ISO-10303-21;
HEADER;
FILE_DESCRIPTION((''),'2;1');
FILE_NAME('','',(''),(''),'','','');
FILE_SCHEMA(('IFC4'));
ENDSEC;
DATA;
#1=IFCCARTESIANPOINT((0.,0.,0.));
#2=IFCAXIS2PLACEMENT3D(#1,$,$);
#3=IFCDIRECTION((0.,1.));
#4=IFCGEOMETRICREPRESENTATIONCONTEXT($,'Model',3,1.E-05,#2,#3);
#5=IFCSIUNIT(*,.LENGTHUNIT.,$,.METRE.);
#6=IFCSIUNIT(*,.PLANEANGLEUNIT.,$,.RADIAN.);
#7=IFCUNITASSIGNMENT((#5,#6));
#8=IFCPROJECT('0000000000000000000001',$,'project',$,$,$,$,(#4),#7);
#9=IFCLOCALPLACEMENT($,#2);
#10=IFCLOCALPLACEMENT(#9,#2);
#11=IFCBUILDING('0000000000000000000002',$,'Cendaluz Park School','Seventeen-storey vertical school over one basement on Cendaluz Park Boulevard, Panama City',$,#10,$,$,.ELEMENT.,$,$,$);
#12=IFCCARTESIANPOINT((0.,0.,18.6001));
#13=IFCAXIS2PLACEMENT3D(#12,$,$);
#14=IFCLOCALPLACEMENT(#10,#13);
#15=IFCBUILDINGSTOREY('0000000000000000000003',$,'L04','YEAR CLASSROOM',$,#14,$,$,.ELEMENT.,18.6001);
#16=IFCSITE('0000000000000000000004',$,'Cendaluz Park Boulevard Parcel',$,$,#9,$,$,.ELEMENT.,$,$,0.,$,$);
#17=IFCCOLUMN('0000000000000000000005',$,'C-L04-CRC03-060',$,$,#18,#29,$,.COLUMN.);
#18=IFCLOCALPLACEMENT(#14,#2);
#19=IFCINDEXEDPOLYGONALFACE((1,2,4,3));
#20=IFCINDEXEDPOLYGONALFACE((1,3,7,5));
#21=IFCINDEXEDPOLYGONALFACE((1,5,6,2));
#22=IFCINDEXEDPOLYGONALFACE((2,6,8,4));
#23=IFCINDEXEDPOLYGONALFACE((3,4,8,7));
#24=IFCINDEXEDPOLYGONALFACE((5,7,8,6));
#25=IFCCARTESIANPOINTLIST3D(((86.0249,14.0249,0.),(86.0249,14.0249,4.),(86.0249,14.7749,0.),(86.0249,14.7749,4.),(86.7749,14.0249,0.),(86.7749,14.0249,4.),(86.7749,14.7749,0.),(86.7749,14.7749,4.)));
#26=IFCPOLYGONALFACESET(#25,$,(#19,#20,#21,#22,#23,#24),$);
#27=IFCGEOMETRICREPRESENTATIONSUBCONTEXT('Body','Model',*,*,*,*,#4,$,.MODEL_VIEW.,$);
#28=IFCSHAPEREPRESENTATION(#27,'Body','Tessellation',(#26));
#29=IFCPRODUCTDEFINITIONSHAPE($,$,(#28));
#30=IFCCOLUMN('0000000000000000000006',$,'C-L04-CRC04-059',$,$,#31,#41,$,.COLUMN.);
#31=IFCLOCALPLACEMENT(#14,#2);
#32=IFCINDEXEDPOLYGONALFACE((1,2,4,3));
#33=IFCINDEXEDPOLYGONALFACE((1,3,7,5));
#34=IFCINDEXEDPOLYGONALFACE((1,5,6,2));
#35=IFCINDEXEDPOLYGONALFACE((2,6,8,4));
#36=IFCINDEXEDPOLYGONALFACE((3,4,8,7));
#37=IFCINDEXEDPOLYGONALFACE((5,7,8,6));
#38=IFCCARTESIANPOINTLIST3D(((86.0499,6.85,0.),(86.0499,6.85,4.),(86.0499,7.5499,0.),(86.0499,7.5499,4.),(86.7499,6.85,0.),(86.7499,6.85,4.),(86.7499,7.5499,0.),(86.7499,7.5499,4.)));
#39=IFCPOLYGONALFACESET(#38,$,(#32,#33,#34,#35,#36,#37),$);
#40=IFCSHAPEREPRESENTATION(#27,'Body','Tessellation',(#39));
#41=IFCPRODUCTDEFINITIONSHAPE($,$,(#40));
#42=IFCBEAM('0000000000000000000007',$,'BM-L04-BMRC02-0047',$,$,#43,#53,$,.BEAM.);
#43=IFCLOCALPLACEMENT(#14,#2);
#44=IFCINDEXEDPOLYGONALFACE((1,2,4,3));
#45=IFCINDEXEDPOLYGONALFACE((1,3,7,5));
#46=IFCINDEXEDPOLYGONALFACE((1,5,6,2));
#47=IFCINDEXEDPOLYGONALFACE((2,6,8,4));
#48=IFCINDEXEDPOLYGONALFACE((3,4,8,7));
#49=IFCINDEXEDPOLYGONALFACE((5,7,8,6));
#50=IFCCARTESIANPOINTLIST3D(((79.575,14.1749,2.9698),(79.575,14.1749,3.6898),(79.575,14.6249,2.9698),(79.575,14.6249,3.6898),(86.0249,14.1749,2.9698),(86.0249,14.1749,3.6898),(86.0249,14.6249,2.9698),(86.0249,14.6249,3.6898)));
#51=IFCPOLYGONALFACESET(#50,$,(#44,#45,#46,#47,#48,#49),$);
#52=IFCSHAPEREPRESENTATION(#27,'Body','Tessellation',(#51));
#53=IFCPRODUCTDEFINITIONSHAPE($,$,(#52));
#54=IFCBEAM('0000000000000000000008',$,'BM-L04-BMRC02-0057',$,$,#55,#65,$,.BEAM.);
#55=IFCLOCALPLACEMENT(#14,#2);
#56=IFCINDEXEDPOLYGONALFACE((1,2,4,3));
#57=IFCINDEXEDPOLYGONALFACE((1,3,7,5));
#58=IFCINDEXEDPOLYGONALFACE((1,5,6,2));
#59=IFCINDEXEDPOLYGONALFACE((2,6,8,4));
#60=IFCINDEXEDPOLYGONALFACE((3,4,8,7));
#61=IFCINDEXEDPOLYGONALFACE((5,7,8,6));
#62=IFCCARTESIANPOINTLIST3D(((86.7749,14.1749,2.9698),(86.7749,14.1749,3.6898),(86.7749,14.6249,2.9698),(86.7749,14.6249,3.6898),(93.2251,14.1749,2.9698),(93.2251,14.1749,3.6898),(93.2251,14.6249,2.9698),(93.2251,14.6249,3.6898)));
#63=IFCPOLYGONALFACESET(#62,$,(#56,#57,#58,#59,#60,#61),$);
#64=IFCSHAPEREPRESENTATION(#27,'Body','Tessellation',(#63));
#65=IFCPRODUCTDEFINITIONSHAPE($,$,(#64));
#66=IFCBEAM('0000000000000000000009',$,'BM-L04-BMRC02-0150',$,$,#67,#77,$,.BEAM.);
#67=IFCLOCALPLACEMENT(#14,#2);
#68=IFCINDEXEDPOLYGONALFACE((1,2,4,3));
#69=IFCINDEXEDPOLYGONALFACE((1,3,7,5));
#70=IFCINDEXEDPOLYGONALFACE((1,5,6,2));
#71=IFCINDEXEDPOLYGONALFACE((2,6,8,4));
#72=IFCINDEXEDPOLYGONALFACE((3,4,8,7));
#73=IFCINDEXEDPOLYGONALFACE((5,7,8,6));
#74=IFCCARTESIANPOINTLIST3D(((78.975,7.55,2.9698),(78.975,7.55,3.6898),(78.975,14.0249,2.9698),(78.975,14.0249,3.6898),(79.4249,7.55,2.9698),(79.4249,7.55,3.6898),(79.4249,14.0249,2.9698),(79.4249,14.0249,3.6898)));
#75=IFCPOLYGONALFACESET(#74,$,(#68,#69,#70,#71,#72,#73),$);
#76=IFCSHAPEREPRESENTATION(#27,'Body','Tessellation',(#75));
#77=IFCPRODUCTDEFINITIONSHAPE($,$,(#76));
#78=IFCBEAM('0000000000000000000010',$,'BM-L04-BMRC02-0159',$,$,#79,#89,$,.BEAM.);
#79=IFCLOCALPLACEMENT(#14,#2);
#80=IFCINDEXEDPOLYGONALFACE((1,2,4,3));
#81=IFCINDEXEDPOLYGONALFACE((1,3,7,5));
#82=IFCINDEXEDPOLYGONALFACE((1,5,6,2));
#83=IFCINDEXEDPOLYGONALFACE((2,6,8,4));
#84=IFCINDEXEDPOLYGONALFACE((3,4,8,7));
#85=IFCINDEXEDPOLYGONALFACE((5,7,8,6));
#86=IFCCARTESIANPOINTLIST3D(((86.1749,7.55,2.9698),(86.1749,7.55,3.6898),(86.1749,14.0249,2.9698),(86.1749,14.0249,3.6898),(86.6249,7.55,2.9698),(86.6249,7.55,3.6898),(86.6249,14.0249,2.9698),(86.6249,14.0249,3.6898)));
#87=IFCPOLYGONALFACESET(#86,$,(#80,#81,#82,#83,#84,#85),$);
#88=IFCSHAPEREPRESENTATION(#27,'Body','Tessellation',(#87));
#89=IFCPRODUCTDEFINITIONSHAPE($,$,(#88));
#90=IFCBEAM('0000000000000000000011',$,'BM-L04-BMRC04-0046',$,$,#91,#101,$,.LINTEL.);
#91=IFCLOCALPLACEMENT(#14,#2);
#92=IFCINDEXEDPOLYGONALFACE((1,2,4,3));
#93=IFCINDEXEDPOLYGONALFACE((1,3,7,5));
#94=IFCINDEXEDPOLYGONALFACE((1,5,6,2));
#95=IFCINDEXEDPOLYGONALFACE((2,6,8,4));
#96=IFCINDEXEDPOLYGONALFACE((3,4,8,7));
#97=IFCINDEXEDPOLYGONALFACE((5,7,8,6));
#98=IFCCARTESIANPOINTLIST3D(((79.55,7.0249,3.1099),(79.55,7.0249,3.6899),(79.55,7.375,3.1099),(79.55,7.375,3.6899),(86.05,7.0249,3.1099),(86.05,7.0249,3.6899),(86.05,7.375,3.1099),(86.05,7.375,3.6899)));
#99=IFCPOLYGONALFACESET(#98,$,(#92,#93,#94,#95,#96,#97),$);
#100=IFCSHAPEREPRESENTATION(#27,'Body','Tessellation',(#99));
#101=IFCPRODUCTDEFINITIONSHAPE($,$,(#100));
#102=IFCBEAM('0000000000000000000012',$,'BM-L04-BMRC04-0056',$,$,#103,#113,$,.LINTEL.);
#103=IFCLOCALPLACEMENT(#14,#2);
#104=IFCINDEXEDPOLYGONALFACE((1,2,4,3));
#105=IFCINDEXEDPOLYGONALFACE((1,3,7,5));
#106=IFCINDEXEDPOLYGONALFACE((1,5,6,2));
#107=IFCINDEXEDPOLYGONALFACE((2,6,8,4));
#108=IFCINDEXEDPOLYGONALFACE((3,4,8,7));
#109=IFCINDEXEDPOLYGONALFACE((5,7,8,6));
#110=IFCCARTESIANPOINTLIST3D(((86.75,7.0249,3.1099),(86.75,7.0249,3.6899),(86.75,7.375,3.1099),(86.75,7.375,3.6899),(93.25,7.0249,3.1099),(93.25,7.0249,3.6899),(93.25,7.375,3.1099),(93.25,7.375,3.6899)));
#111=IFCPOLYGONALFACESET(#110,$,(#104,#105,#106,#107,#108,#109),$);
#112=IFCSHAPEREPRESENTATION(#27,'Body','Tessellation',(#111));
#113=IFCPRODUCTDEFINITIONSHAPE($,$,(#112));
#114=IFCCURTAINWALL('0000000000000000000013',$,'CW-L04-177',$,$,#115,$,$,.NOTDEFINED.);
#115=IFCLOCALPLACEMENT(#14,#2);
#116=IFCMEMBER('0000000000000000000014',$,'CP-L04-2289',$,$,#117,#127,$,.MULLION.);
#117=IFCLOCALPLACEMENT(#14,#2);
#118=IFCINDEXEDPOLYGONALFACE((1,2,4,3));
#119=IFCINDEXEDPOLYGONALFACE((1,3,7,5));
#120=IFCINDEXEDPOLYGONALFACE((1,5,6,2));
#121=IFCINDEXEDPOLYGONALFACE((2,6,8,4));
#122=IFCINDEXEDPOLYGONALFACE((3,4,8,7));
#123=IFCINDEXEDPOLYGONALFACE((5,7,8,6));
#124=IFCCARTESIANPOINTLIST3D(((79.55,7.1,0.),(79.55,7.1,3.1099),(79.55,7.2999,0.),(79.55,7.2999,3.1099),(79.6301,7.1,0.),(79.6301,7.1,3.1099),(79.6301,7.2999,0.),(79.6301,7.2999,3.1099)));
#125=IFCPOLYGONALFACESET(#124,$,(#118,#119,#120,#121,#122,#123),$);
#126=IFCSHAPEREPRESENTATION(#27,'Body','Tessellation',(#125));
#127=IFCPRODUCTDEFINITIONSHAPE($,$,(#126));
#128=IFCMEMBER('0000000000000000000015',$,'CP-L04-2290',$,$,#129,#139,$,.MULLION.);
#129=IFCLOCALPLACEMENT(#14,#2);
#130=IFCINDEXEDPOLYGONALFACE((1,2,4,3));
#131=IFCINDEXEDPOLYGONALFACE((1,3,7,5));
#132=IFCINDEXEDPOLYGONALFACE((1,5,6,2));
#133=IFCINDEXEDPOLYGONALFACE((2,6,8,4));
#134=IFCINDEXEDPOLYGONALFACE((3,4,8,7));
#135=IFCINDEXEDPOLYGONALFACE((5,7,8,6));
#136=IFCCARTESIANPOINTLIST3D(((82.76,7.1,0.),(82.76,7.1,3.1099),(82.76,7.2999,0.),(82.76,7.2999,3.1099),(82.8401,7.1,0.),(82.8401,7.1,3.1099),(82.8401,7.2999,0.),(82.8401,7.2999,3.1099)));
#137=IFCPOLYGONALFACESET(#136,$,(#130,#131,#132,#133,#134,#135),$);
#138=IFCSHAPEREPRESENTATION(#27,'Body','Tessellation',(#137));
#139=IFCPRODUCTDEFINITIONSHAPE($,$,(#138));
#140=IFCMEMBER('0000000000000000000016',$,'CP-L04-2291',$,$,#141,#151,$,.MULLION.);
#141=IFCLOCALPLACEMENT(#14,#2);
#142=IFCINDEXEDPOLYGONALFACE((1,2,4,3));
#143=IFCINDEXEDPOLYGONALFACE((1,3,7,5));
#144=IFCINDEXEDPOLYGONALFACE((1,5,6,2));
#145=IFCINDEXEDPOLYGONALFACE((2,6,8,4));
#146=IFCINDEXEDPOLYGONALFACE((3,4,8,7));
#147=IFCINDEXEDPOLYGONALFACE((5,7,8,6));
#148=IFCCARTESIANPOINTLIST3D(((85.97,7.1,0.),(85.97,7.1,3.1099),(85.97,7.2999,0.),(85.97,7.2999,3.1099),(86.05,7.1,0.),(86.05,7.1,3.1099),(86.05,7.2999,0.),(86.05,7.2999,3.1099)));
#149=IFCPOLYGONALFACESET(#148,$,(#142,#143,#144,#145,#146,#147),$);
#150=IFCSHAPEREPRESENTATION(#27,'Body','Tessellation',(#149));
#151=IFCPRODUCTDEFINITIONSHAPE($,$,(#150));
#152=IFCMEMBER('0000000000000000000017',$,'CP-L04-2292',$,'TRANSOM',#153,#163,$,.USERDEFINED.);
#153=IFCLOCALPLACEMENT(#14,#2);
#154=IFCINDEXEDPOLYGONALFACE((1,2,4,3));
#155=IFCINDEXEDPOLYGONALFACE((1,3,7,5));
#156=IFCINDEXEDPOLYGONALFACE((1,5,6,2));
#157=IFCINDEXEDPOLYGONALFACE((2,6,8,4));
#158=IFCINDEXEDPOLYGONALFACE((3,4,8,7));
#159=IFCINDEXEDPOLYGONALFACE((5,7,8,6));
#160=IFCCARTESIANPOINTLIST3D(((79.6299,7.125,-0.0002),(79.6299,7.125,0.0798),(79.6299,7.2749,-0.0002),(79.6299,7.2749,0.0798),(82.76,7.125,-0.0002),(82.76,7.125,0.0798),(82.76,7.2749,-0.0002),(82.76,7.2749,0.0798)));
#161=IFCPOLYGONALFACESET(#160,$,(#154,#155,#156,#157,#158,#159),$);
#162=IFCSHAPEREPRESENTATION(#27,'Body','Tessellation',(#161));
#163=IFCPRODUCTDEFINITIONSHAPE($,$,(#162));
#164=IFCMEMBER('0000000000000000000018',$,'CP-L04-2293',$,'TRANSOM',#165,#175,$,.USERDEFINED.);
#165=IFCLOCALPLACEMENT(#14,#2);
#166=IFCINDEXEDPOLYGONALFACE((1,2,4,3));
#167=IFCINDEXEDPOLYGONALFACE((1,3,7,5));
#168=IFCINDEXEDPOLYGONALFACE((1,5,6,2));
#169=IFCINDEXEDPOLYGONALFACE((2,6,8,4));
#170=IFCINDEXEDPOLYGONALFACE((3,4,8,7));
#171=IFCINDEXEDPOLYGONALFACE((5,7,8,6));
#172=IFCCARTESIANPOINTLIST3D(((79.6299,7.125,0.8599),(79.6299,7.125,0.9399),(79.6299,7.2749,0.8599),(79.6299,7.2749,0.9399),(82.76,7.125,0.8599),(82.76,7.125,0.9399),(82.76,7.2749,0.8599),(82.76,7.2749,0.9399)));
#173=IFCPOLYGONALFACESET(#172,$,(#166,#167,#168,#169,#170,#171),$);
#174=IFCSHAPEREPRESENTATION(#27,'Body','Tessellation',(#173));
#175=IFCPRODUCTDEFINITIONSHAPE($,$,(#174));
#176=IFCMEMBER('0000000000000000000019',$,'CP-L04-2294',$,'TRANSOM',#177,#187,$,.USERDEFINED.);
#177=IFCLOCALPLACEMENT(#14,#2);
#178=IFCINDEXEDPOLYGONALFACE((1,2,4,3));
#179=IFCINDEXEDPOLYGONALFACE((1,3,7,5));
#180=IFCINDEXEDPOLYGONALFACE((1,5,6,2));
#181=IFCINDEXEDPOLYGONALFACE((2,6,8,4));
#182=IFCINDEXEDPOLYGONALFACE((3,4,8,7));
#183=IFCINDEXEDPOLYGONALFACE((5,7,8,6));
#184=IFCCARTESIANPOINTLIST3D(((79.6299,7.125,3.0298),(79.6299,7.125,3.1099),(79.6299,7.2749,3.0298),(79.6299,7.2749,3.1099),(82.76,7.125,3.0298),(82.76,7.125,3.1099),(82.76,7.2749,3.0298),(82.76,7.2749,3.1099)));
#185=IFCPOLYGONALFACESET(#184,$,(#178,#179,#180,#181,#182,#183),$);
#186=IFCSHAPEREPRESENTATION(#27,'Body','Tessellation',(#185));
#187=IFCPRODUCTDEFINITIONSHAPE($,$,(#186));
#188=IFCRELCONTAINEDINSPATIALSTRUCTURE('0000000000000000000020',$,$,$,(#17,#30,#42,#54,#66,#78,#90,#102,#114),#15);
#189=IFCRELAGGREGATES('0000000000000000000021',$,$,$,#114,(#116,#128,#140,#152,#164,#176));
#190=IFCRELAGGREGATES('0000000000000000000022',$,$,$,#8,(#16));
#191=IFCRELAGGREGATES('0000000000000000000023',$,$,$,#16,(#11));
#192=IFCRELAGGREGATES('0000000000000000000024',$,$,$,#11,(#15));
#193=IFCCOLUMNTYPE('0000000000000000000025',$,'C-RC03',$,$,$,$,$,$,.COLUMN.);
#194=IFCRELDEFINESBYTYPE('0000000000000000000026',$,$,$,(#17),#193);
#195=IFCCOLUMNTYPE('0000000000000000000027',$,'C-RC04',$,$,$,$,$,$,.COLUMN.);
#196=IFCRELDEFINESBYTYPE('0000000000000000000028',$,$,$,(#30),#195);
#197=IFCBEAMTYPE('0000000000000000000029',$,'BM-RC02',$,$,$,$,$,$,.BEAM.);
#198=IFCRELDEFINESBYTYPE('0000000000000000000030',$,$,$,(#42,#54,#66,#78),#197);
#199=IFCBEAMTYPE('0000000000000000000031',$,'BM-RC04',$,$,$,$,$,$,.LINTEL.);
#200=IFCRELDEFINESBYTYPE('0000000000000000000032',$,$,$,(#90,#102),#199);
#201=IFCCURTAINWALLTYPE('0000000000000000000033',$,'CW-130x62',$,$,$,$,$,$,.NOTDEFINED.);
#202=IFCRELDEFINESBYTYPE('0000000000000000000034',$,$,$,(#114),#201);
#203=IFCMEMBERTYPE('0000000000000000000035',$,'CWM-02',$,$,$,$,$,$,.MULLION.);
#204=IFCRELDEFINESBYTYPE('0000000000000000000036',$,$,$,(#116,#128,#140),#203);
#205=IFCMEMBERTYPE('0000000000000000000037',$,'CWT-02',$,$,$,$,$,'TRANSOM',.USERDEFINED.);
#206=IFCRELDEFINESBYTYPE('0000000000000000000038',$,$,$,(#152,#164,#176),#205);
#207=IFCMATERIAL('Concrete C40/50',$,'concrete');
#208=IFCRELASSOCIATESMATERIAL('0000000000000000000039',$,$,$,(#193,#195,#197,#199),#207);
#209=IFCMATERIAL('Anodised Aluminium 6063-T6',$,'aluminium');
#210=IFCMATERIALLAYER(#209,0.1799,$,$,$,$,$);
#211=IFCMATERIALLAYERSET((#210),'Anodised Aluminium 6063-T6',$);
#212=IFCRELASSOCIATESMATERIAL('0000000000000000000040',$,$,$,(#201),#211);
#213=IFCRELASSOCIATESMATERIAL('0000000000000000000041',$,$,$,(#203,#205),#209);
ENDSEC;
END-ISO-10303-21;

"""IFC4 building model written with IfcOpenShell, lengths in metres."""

from ifc_helpers import new_model, si_unit, direction, frame, origin, origin_2d, place, context, subcontext, project, spatial, rectangle, extrude, material, layer, layer_set, material_profile, profile_set, type_object, element, aggregate, save


model = new_model("IFC4")

# Units and contexts
model_context = context("Model", 3, precision=1e-05, world=origin(), true_north=direction((0.0, 1.0)))
body_context = subcontext(model_context, "Body", "Model", "MODEL_VIEW")
ifc_project = project(units=[si_unit("LENGTHUNIT", "METRE"), si_unit("PLANEANGLEUNIT", "RADIAN")], contexts=[model_context])

# Site, building, storey
site_placement = place(None, origin())
site = spatial("IfcSite", under=ifc_project, at=site_placement, Name="Cendaluz Park Boulevard Parcel", CompositionType="ELEMENT", RefElevation=0.0)
building_placement = place(site_placement, origin())
building = spatial("IfcBuilding", under=site, at=building_placement, Name="Cendaluz Park School", Description="Seventeen-storey vertical school over one basement on Cendaluz Park Boulevard, Panama City", CompositionType="ELEMENT")
storey_placement = place(building_placement, frame((0.0, 0.0, 18.6001)))
storey = spatial("IfcBuildingStorey", under=building, at=storey_placement, Name="L04", Description="YEAR CLASSROOM", CompositionType="ELEMENT", Elevation=18.6001)

# Columns
ifc_material_1 = material(Name="Concrete C40/50", Category="concrete")
ifc_material_profile_1 = material_profile(ifc_material_1, rectangle(XDim=0.75, YDim=0.75, at=origin_2d()), Name="RC 750x750", Category="concrete")
ifc_profile_set_1 = profile_set([ifc_material_profile_1], Name="Concrete C40/50")
column_type_1 = type_object("IfcColumnType", Name="C-RC03", PredefinedType="COLUMN", material=ifc_profile_set_1)
column_1_placement = place(storey_placement, frame((86.3999, 14.3999, 0.0), z_axis=(0.0, 0.0, 1.0), x_axis=(1.0, 0.0, 0.0)))
element("IfcColumn", 1, at=column_1_placement, inside=storey, type_object=column_type_1, Name="C-L04-CRC03-060", PredefinedType="COLUMN", context=body_context, shape_type="SweptSolid", body=[
    extrude(rectangle(XDim=0.75, YDim=0.75, at=origin_2d()), origin(), (0.0, 0.0, 1.0), 4.0),
])
ifc_material_profile_2 = material_profile(ifc_material_1, rectangle(XDim=0.7, YDim=0.7, at=origin_2d()), Name="RC 700x700", Category="concrete")
ifc_profile_set_2 = profile_set([ifc_material_profile_2], Name="Concrete C40/50")
column_type_2 = type_object("IfcColumnType", Name="C-RC04", PredefinedType="COLUMN", material=ifc_profile_set_2)
column_2_placement = place(storey_placement, frame((86.3999, 7.2, 0.0), z_axis=(0.0, 0.0, 1.0), x_axis=(1.0, 0.0, 0.0)))
element("IfcColumn", 2, at=column_2_placement, inside=storey, type_object=column_type_2, Name="C-L04-CRC04-059", PredefinedType="COLUMN", context=body_context, shape_type="SweptSolid", body=[
    extrude(rectangle(XDim=0.7, YDim=0.7, at=origin_2d()), origin(), (0.0, 0.0, 1.0), 4.0),
])

# Beams
ifc_material_profile_3 = material_profile(ifc_material_1, rectangle(XDim=0.45, YDim=0.72, at=origin_2d()), Name="RC 450x720", Category="concrete")
ifc_profile_set_3 = profile_set([ifc_material_profile_3], Name="Concrete C40/50")
beam_type_1 = type_object("IfcBeamType", Name="BM-RC02", PredefinedType="BEAM", material=ifc_profile_set_3)
beam_1_placement = place(storey_placement, frame((79.575, 14.3999, 3.3298), z_axis=(1.0, 0.0, 0.0), x_axis=(0.0, 1.0, 0.0)))
element("IfcBeam", 3, at=beam_1_placement, inside=storey, type_object=beam_type_1, Name="BM-L04-BMRC02-0047", PredefinedType="BEAM", context=body_context, shape_type="SweptSolid", body=[
    extrude(rectangle(XDim=0.45, YDim=0.72, at=origin_2d()), origin(), (0.0, 0.0, 1.0), 6.45),
])
beam_2_placement = place(storey_placement, frame((86.7749, 14.3999, 3.3298), z_axis=(1.0, 0.0, 0.0), x_axis=(0.0, 1.0, 0.0)))
element("IfcBeam", 4, at=beam_2_placement, inside=storey, type_object=beam_type_1, Name="BM-L04-BMRC02-0057", PredefinedType="BEAM", context=body_context, shape_type="SweptSolid", body=[
    extrude(rectangle(XDim=0.45, YDim=0.72, at=origin_2d()), origin(), (0.0, 0.0, 1.0), 6.4502),
])
for number, where, z_axis, x_axis, name in (
    (5, (79.2, 7.55, 3.3298), (0.0, 1.0, 0.0), (-1.0, 0.0, 0.0), "BM-L04-BMRC02-0150"),
    (6, (86.3999, 7.55, 3.3298), (0.0, 1.0, 0.0), (-1.0, 0.0, 0.0), "BM-L04-BMRC02-0159"),
):
    element("IfcBeam", number, at=place(storey_placement, frame(where, z_axis=z_axis, x_axis=x_axis)), inside=storey, type_object=beam_type_1, Name=name, PredefinedType="BEAM", context=body_context, shape_type="SweptSolid", body=[
        extrude(rectangle(XDim=0.45, YDim=0.72, at=origin_2d()), origin(), (0.0, 0.0, 1.0), 6.4749),
    ])
ifc_material_profile_4 = material_profile(ifc_material_1, rectangle(XDim=0.3501, YDim=0.5801, at=origin_2d()), Name="RC 350x580", Category="concrete")
ifc_profile_set_4 = profile_set([ifc_material_profile_4], Name="Concrete C40/50")
beam_type_2 = type_object("IfcBeamType", Name="BM-RC04", PredefinedType="LINTEL", material=ifc_profile_set_4)
for number, where, z_axis, x_axis, name in (
    (7, (79.55, 7.2, 3.3999), (1.0, 0.0, 0.0), (0.0, 1.0, 0.0), "BM-L04-BMRC04-0046"),
    (8, (86.75, 7.2, 3.3999), (1.0, 0.0, 0.0), (0.0, 1.0, 0.0), "BM-L04-BMRC04-0056"),
):
    element("IfcBeam", number, at=place(storey_placement, frame(where, z_axis=z_axis, x_axis=x_axis)), inside=storey, type_object=beam_type_2, Name=name, PredefinedType="LINTEL", context=body_context, shape_type="SweptSolid", body=[
        extrude(rectangle(XDim=0.3501, YDim=0.5801, at=origin_2d()), origin(), (0.0, 0.0, 1.0), 6.5),
    ])

# Curtain wall, members
ifc_material_2 = material(Name="Anodised Aluminium 6063-T6", Category="aluminium")
ifc_layer_1 = layer(ifc_material_2, 0.1799)
ifc_layer_set_1 = layer_set([ifc_layer_1], Name="Anodised Aluminium 6063-T6")
curtain_wall_type = type_object("IfcCurtainWallType", Name="CW-130x62", PredefinedType="NOTDEFINED", material=ifc_layer_set_1)
curtain_wall_placement = place(storey_placement, origin())
curtain_wall = element("IfcCurtainWall", 9, at=curtain_wall_placement, inside=storey, type_object=curtain_wall_type, Name="CW-L04-177", PredefinedType="NOTDEFINED")
ifc_material_profile_5 = material_profile(ifc_material_2, rectangle(XDim=0.2, YDim=0.0801, at=origin_2d()), Name="CWM 200x80", Category="aluminium")
ifc_profile_set_5 = profile_set([ifc_material_profile_5], Name="Anodised Aluminium 6063-T6")
member_type_1 = type_object("IfcMemberType", Name="CWM-02", PredefinedType="MULLION", material=ifc_profile_set_5)
member_1_placement = place(storey_placement, frame((79.5901, 7.2, 0.0), z_axis=(0.0, 0.0, 1.0), x_axis=(0.0, 1.0, 0.0)))
member_1 = element("IfcMember", 10, at=member_1_placement, type_object=member_type_1, Name="CP-L04-2289", PredefinedType="MULLION", context=body_context, shape_type="SweptSolid", body=[
    extrude(rectangle(XDim=0.2, YDim=0.0801, at=origin_2d()), origin(), (0.0, 0.0, 1.0), 3.1099),
])
member_2_placement = place(storey_placement, frame((82.8, 7.2, 0.0), z_axis=(0.0, 0.0, 1.0), x_axis=(0.0, 1.0, 0.0)))
member_2 = element("IfcMember", 11, at=member_2_placement, type_object=member_type_1, Name="CP-L04-2290", PredefinedType="MULLION", context=body_context, shape_type="SweptSolid", body=[
    extrude(rectangle(XDim=0.2, YDim=0.0801, at=origin_2d()), origin(), (0.0, 0.0, 1.0), 3.1099),
])
member_3_placement = place(storey_placement, frame((86.01, 7.2, 0.0), z_axis=(0.0, 0.0, 1.0), x_axis=(0.0, 1.0, 0.0)))
member_3 = element("IfcMember", 12, at=member_3_placement, type_object=member_type_1, Name="CP-L04-2291", PredefinedType="MULLION", context=body_context, shape_type="SweptSolid", body=[
    extrude(rectangle(XDim=0.2, YDim=0.0801, at=origin_2d()), origin(), (0.0, 0.0, 1.0), 3.1099),
])
ifc_material_profile_6 = material_profile(ifc_material_2, rectangle(XDim=0.1499, YDim=0.0801, at=origin_2d()), Name="CWT 150x80", Category="aluminium")
ifc_profile_set_6 = profile_set([ifc_material_profile_6], Name="Anodised Aluminium 6063-T6")
member_type_2 = type_object("IfcMemberType", Name="CWT-02", ElementType="TRANSOM", PredefinedType="USERDEFINED", material=ifc_profile_set_6)
member_4_placement = place(storey_placement, frame((79.6299, 7.2, 0.0398), z_axis=(1.0, 0.0, 0.0), x_axis=(0.0, 1.0, 0.0)))
member_4 = element("IfcMember", 13, at=member_4_placement, type_object=member_type_2, Name="CP-L04-2292", ObjectType="TRANSOM", PredefinedType="USERDEFINED", context=body_context, shape_type="SweptSolid", body=[
    extrude(rectangle(XDim=0.1499, YDim=0.0801, at=origin_2d()), origin(), (0.0, 0.0, 1.0), 3.1301),
])
member_5_placement = place(storey_placement, frame((79.6299, 7.2, 0.8999), z_axis=(1.0, 0.0, 0.0), x_axis=(0.0, 1.0, 0.0)))
member_5 = element("IfcMember", 14, at=member_5_placement, type_object=member_type_2, Name="CP-L04-2293", ObjectType="TRANSOM", PredefinedType="USERDEFINED", context=body_context, shape_type="SweptSolid", body=[
    extrude(rectangle(XDim=0.1499, YDim=0.0801, at=origin_2d()), origin(), (0.0, 0.0, 1.0), 3.1301),
])
member_6_placement = place(storey_placement, frame((79.6299, 7.2, 3.0698), z_axis=(1.0, 0.0, 0.0), x_axis=(0.0, 1.0, 0.0)))
member_6 = element("IfcMember", 15, at=member_6_placement, type_object=member_type_2, Name="CP-L04-2294", ObjectType="TRANSOM", PredefinedType="USERDEFINED", context=body_context, shape_type="SweptSolid", body=[
    extrude(rectangle(XDim=0.1499, YDim=0.0801, at=origin_2d()), origin(), (0.0, 0.0, 1.0), 3.1301),
])

aggregate(curtain_wall, [member_1, member_2, member_3, member_4, member_5, member_6])

save(model, "model.ifc")
